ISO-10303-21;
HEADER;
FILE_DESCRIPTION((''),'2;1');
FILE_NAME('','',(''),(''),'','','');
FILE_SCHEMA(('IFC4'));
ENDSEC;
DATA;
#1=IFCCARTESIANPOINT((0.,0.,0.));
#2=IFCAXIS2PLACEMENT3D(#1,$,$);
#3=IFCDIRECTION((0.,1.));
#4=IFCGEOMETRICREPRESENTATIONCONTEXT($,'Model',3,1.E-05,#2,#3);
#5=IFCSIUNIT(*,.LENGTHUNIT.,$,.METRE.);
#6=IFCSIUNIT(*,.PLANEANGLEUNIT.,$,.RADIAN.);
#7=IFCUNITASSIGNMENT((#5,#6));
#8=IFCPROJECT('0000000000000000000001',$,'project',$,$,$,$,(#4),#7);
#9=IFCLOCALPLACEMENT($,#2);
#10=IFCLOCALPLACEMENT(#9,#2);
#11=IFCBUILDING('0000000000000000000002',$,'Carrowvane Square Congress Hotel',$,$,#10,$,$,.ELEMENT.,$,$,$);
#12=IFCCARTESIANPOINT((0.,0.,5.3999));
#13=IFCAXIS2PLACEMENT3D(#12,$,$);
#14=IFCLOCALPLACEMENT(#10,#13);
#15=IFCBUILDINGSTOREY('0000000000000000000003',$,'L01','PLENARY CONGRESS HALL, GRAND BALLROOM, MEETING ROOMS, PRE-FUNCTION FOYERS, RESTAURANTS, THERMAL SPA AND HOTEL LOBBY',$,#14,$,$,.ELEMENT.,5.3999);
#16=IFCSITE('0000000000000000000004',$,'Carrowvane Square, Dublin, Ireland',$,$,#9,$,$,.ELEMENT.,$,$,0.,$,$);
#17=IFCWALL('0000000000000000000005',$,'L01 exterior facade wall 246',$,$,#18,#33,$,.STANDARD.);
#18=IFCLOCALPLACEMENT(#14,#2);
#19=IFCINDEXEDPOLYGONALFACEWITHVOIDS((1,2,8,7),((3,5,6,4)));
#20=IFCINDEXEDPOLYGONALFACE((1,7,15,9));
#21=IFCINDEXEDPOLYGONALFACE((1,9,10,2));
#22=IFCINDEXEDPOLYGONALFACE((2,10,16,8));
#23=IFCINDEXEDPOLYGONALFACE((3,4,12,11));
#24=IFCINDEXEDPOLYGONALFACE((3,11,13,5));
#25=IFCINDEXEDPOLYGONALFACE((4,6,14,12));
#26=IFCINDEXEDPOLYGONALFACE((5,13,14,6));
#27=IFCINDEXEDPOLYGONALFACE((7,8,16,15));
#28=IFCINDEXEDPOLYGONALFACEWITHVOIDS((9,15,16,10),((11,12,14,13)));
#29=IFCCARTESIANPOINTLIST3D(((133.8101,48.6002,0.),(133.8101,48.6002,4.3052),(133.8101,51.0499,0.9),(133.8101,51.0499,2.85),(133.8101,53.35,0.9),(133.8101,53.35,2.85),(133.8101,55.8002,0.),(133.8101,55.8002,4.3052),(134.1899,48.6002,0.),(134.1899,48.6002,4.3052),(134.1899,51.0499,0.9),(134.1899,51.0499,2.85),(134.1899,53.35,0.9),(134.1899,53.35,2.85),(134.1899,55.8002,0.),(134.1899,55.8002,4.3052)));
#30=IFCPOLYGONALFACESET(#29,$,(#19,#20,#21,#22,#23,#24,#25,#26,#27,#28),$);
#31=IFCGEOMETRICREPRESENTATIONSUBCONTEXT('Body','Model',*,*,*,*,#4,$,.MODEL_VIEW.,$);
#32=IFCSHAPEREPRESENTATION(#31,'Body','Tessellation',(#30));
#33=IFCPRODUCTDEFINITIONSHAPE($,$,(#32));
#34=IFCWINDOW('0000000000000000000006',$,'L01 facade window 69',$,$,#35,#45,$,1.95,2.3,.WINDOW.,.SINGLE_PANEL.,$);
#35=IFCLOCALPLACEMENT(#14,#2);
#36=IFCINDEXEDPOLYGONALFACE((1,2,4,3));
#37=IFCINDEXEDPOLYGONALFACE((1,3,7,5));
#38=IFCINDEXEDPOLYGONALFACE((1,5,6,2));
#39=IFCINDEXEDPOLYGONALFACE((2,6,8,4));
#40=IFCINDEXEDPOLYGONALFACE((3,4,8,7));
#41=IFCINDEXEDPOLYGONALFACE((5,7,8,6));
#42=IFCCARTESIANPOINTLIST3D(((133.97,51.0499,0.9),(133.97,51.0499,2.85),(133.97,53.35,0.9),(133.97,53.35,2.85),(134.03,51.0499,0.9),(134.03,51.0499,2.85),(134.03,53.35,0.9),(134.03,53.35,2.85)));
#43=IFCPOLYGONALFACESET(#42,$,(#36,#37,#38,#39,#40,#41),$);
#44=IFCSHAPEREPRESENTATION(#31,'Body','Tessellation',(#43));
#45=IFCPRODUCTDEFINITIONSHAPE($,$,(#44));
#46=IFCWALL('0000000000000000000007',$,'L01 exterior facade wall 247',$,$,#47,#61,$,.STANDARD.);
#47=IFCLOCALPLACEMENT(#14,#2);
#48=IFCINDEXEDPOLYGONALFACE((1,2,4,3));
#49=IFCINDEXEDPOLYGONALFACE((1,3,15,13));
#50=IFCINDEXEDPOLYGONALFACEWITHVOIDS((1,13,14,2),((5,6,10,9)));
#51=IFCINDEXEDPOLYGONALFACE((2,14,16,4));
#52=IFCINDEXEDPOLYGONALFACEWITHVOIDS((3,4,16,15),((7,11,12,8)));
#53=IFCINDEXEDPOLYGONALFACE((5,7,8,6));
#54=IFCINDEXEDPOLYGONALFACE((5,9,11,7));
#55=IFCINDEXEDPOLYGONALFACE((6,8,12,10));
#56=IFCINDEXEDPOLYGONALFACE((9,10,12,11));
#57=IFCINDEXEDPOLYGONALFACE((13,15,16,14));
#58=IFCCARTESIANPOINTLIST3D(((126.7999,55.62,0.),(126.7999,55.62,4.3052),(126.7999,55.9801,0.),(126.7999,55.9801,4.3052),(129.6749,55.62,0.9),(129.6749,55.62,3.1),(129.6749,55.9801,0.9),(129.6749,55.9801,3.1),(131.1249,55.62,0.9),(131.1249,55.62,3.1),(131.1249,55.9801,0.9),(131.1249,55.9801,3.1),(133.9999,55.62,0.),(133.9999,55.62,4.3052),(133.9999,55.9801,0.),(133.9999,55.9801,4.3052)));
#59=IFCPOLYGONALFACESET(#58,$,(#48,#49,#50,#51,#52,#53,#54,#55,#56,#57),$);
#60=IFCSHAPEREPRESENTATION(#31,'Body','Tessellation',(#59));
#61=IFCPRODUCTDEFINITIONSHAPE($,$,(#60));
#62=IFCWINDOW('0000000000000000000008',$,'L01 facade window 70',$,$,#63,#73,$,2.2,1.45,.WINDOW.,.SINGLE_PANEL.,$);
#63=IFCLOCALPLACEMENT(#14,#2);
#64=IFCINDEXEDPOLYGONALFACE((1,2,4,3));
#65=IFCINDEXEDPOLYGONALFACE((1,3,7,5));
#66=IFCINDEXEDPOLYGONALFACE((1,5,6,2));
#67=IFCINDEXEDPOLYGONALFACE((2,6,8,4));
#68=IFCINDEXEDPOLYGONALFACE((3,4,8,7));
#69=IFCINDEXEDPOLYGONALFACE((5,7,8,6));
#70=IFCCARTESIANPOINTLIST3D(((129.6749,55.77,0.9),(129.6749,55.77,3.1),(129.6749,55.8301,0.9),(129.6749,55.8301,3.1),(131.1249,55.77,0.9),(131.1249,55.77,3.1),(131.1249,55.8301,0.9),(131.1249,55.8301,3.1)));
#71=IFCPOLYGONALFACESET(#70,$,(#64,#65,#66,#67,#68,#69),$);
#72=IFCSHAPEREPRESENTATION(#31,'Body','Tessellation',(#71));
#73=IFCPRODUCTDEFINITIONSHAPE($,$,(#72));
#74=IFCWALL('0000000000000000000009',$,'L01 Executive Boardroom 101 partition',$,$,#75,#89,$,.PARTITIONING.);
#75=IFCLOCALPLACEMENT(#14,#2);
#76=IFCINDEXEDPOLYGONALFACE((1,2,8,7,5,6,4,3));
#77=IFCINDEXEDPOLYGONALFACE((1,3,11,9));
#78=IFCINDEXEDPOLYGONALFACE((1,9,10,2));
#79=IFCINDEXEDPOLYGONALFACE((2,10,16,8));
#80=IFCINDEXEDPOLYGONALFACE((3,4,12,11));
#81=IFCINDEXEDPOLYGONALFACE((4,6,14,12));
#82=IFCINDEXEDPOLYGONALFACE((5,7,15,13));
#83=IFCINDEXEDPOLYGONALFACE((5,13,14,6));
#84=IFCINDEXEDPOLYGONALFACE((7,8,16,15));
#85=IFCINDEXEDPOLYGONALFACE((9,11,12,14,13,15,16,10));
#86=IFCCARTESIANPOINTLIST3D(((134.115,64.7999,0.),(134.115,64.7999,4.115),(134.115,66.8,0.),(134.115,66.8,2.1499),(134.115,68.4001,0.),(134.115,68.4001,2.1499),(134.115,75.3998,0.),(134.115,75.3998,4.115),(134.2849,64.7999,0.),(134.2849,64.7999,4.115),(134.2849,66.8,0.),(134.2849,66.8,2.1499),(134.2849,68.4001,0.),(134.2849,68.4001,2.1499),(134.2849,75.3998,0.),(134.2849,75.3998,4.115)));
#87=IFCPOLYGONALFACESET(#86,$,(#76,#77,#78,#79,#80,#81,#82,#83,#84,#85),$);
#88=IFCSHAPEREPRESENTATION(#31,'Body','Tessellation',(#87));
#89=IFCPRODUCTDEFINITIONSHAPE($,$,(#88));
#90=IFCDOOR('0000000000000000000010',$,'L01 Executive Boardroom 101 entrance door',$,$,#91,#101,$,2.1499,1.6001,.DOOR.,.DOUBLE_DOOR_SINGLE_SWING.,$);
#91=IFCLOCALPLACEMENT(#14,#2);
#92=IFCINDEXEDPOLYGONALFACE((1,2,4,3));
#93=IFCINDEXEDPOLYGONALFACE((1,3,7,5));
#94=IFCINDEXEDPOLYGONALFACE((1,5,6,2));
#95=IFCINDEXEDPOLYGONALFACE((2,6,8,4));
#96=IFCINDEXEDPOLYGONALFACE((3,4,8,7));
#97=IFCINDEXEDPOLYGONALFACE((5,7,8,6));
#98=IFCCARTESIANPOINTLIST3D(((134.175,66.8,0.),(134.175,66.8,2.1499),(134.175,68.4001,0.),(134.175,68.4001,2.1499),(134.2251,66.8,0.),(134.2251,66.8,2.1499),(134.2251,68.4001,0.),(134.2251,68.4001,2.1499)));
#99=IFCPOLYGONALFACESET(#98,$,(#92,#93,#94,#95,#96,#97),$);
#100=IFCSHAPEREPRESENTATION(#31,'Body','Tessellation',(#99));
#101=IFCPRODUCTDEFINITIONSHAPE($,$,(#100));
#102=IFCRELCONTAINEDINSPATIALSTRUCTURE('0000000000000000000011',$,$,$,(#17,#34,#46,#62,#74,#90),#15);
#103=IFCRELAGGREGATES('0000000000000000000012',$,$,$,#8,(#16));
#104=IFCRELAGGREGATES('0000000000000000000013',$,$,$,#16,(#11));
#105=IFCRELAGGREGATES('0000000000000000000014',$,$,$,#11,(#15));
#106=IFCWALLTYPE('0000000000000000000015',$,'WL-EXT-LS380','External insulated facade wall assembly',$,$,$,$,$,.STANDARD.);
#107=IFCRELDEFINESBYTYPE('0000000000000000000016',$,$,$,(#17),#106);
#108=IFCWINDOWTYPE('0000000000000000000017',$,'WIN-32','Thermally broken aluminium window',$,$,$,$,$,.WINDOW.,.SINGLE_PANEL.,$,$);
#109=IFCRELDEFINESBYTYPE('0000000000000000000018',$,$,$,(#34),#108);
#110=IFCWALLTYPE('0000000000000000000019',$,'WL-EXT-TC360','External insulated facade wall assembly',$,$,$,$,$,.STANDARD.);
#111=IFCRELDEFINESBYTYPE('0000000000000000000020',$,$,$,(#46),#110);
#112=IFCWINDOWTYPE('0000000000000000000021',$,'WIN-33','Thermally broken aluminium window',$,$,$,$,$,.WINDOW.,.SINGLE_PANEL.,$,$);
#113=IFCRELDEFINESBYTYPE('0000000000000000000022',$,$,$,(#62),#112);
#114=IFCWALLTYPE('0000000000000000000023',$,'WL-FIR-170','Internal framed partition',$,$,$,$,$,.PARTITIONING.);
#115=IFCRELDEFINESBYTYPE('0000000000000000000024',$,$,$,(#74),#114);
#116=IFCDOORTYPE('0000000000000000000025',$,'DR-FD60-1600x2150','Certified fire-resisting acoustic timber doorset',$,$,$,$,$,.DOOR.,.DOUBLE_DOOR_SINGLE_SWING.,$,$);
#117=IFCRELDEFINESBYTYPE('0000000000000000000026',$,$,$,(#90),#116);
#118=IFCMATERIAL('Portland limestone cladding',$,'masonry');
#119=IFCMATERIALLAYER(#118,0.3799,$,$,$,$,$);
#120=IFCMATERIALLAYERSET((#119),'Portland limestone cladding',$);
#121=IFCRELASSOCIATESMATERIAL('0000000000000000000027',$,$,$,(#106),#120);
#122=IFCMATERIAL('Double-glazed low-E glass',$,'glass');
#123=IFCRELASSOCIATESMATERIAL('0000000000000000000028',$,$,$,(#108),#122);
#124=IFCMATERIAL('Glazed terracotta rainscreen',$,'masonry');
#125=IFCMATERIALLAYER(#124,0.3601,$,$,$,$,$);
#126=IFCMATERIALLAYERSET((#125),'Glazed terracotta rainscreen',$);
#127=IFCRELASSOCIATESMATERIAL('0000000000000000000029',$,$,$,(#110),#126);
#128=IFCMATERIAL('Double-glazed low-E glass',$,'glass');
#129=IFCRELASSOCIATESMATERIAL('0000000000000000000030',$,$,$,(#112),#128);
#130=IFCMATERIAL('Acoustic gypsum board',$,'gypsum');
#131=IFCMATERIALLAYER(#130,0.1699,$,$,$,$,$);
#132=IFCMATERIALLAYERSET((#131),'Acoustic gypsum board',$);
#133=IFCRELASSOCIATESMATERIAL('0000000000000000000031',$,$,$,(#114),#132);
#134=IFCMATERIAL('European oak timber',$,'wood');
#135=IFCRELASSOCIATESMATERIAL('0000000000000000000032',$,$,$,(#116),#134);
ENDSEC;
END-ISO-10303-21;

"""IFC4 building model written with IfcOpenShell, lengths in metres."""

from ifc_helpers import new_model, si_unit, direction, frame, frame_2d, origin, place, context, subcontext, project, spatial, rectangle, extrude, material, layer, layer_set, type_object, element, fill, save


model = new_model("IFC4")

# Units and contexts
model_context = context("Model", 3, precision=1e-05, world=origin(), true_north=direction((0.0, 1.0)))
body_context = subcontext(model_context, "Body", "Model", "MODEL_VIEW")
ifc_project = project(units=[si_unit("LENGTHUNIT", "METRE"), si_unit("PLANEANGLEUNIT", "RADIAN")], contexts=[model_context])

# Site, building, storey
site_placement = place(None, origin())
site = spatial("IfcSite", under=ifc_project, at=site_placement, Name="Carrowvane Square, Dublin, Ireland", CompositionType="ELEMENT", RefElevation=0.0)
building_placement = place(site_placement, origin())
building = spatial("IfcBuilding", under=site, at=building_placement, Name="Carrowvane Square Congress Hotel", CompositionType="ELEMENT")
storey_placement = place(building_placement, frame((0.0, 0.0, 5.3999)))
storey = spatial("IfcBuildingStorey", under=building, at=storey_placement, Name="L01", Description="PLENARY CONGRESS HALL, GRAND BALLROOM, MEETING ROOMS, PRE-FUNCTION FOYERS, RESTAURANTS, THERMAL SPA AND HOTEL LOBBY", CompositionType="ELEMENT", Elevation=5.3999)

# Walls, openings, windows
ifc_material_1 = material(Name="Portland limestone cladding", Category="masonry")
ifc_layer_1 = layer(ifc_material_1, 0.3799)
ifc_layer_set_1 = layer_set([ifc_layer_1], Name="Portland limestone cladding")
wall_type_1 = type_object("IfcWallType", Name="WL-EXT-LS380", Description="External insulated facade wall assembly", PredefinedType="STANDARD", material=ifc_layer_set_1)
wall_1_placement = place(storey_placement, frame((134.0, 48.6001, 0.0), z_axis=(0.0, 0.0, 1.0), x_axis=(0.0, 1.0, 0.0)))
wall_1 = element("IfcWall", 1, at=wall_1_placement, inside=storey, type_object=wall_type_1, Name="L01 exterior facade wall 246", PredefinedType="STANDARD", context=body_context, shape_type="SweptSolid", body=[
    extrude(rectangle(XDim=7.2, YDim=0.3799, at=frame_2d((3.6001, 0.0))), origin(), (0.0, 0.0, 1.0), 4.3052),
])
opening_1_placement = place(wall_1_placement, frame((2.45, 0.0, 0.8999)))
opening_1 = element("IfcOpeningElement", 2, at=opening_1_placement, cuts=wall_1, PredefinedType="OPENING", context=body_context, shape_type="SweptSolid", body=[
    extrude(rectangle(XDim=2.3, YDim=1.95, at=frame_2d((1.1499, 0.9751))), frame((0.0, 0.2, 0.0), z_axis=(0.0, -1.0, 0.0), x_axis=(1.0, 0.0, 0.0)), (0.0, 0.0, 1.0), 0.3999),
])
ifc_material_2 = material(Name="Double-glazed low-E glass", Category="glass")
window_type_1 = type_object("IfcWindowType", Name="WIN-32", Description="Thermally broken aluminium window", PartitioningType="SINGLE_PANEL", PredefinedType="WINDOW", material=ifc_material_2)
window_1_placement = place(opening_1_placement, origin())
window_1 = element("IfcWindow", 3, at=window_1_placement, inside=storey, type_object=window_type_1, Name="L01 facade window 69", OverallHeight=1.95, OverallWidth=2.3, PartitioningType="SINGLE_PANEL", PredefinedType="WINDOW", context=body_context, shape_type="SweptSolid", body=[
    extrude(rectangle(XDim=2.3, YDim=1.95, at=frame_2d((1.1499, 0.9751))), frame((0.0, 0.03, 0.0), z_axis=(0.0, -1.0, 0.0), x_axis=(1.0, 0.0, 0.0)), (0.0, 0.0, 1.0), 0.0601),
])
fill(opening_1, window_1)
ifc_material_3 = material(Name="Glazed terracotta rainscreen", Category="masonry")
ifc_layer_2 = layer(ifc_material_3, 0.3601)
ifc_layer_set_2 = layer_set([ifc_layer_2], Name="Glazed terracotta rainscreen")
wall_type_2 = type_object("IfcWallType", Name="WL-EXT-TC360", Description="External insulated facade wall assembly", PredefinedType="STANDARD", material=ifc_layer_set_2)
wall_2_placement = place(storey_placement, frame((134.0, 55.8, 0.0), z_axis=(0.0, 0.0, 1.0), x_axis=(-1.0, 0.0, 0.0)))
wall_2 = element("IfcWall", 4, at=wall_2_placement, inside=storey, type_object=wall_type_2, Name="L01 exterior facade wall 247", PredefinedType="STANDARD", context=body_context, shape_type="SweptSolid", body=[
    extrude(rectangle(XDim=7.2, YDim=0.3601, at=frame_2d((3.6001, 0.0))), origin(), (0.0, 0.0, 1.0), 4.3052),
])
opening_2_placement = place(wall_2_placement, frame((2.875, 0.0, 0.8999)))
opening_2 = element("IfcOpeningElement", 5, at=opening_2_placement, cuts=wall_2, PredefinedType="OPENING", context=body_context, shape_type="SweptSolid", body=[
    extrude(rectangle(XDim=1.45, YDim=2.2, at=frame_2d((0.7251, 1.1001))), frame((0.0, 0.1899, 0.0), z_axis=(0.0, -1.0, 0.0), x_axis=(1.0, 0.0, 0.0)), (0.0, 0.0, 1.0), 0.3801),
])
ifc_material_4 = material(Name="Double-glazed low-E glass", Category="glass")
window_type_2 = type_object("IfcWindowType", Name="WIN-33", Description="Thermally broken aluminium window", PartitioningType="SINGLE_PANEL", PredefinedType="WINDOW", material=ifc_material_4)
window_2_placement = place(opening_2_placement, origin())
window_2 = element("IfcWindow", 6, at=window_2_placement, inside=storey, type_object=window_type_2, Name="L01 facade window 70", OverallHeight=2.2, OverallWidth=1.45, PartitioningType="SINGLE_PANEL", PredefinedType="WINDOW", context=body_context, shape_type="SweptSolid", body=[
    extrude(rectangle(XDim=1.45, YDim=2.2, at=frame_2d((0.7251, 1.1001))), frame((0.0, 0.03, 0.0), z_axis=(0.0, -1.0, 0.0), x_axis=(1.0, 0.0, 0.0)), (0.0, 0.0, 1.0), 0.0601),
])
fill(opening_2, window_2)

# Wall, opening, door
ifc_material_5 = material(Name="Acoustic gypsum board", Category="gypsum")
ifc_layer_3 = layer(ifc_material_5, 0.1699)
ifc_layer_set_3 = layer_set([ifc_layer_3], Name="Acoustic gypsum board")
wall_type_3 = type_object("IfcWallType", Name="WL-FIR-170", Description="Internal framed partition", PredefinedType="PARTITIONING", material=ifc_layer_set_3)
wall_3_placement = place(storey_placement, frame((134.2, 64.8, 0.0), z_axis=(0.0, 0.0, 1.0), x_axis=(0.0, 1.0, 0.0)))
wall_3 = element("IfcWall", 7, at=wall_3_placement, inside=storey, type_object=wall_type_3, Name="L01 Executive Boardroom 101 partition", PredefinedType="PARTITIONING", context=body_context, shape_type="SweptSolid", body=[
    extrude(rectangle(XDim=10.5999, YDim=0.1699, at=frame_2d((5.2998, 0.0))), origin(), (0.0, 0.0, 1.0), 4.115),
])
opening_3_placement = place(wall_3_placement, frame((2.0, 0.0, 0.0)))
opening_3 = element("IfcOpeningElement", 8, at=opening_3_placement, cuts=wall_3, PredefinedType="OPENING", context=body_context, shape_type="SweptSolid", body=[
    extrude(rectangle(XDim=1.6001, YDim=2.1499, at=frame_2d((0.8, 1.075))), frame((0.0, 0.095, 0.0), z_axis=(0.0, -1.0, 0.0), x_axis=(1.0, 0.0, 0.0)), (0.0, 0.0, 1.0), 0.1899),
])
ifc_material_6 = material(Name="European oak timber", Category="wood")
door_type = type_object("IfcDoorType", Name="DR-FD60-1600x2150", Description="Certified fire-resisting acoustic timber doorset", OperationType="DOUBLE_DOOR_SINGLE_SWING", PredefinedType="DOOR", material=ifc_material_6)
door_placement = place(opening_3_placement, origin())
door = element("IfcDoor", 9, at=door_placement, inside=storey, type_object=door_type, Name="L01 Executive Boardroom 101 entrance door", OperationType="DOUBLE_DOOR_SINGLE_SWING", OverallHeight=2.1499, OverallWidth=1.6001, PredefinedType="DOOR", context=body_context, shape_type="SweptSolid", body=[
    extrude(rectangle(XDim=1.6001, YDim=2.1499, at=frame_2d((0.8, 1.075))), frame((0.0, 0.0249, 0.0), z_axis=(0.0, -1.0, 0.0), x_axis=(1.0, 0.0, 0.0)), (0.0, 0.0, 1.0), 0.05),
])
fill(opening_3, door)

save(model, "model.ifc")
